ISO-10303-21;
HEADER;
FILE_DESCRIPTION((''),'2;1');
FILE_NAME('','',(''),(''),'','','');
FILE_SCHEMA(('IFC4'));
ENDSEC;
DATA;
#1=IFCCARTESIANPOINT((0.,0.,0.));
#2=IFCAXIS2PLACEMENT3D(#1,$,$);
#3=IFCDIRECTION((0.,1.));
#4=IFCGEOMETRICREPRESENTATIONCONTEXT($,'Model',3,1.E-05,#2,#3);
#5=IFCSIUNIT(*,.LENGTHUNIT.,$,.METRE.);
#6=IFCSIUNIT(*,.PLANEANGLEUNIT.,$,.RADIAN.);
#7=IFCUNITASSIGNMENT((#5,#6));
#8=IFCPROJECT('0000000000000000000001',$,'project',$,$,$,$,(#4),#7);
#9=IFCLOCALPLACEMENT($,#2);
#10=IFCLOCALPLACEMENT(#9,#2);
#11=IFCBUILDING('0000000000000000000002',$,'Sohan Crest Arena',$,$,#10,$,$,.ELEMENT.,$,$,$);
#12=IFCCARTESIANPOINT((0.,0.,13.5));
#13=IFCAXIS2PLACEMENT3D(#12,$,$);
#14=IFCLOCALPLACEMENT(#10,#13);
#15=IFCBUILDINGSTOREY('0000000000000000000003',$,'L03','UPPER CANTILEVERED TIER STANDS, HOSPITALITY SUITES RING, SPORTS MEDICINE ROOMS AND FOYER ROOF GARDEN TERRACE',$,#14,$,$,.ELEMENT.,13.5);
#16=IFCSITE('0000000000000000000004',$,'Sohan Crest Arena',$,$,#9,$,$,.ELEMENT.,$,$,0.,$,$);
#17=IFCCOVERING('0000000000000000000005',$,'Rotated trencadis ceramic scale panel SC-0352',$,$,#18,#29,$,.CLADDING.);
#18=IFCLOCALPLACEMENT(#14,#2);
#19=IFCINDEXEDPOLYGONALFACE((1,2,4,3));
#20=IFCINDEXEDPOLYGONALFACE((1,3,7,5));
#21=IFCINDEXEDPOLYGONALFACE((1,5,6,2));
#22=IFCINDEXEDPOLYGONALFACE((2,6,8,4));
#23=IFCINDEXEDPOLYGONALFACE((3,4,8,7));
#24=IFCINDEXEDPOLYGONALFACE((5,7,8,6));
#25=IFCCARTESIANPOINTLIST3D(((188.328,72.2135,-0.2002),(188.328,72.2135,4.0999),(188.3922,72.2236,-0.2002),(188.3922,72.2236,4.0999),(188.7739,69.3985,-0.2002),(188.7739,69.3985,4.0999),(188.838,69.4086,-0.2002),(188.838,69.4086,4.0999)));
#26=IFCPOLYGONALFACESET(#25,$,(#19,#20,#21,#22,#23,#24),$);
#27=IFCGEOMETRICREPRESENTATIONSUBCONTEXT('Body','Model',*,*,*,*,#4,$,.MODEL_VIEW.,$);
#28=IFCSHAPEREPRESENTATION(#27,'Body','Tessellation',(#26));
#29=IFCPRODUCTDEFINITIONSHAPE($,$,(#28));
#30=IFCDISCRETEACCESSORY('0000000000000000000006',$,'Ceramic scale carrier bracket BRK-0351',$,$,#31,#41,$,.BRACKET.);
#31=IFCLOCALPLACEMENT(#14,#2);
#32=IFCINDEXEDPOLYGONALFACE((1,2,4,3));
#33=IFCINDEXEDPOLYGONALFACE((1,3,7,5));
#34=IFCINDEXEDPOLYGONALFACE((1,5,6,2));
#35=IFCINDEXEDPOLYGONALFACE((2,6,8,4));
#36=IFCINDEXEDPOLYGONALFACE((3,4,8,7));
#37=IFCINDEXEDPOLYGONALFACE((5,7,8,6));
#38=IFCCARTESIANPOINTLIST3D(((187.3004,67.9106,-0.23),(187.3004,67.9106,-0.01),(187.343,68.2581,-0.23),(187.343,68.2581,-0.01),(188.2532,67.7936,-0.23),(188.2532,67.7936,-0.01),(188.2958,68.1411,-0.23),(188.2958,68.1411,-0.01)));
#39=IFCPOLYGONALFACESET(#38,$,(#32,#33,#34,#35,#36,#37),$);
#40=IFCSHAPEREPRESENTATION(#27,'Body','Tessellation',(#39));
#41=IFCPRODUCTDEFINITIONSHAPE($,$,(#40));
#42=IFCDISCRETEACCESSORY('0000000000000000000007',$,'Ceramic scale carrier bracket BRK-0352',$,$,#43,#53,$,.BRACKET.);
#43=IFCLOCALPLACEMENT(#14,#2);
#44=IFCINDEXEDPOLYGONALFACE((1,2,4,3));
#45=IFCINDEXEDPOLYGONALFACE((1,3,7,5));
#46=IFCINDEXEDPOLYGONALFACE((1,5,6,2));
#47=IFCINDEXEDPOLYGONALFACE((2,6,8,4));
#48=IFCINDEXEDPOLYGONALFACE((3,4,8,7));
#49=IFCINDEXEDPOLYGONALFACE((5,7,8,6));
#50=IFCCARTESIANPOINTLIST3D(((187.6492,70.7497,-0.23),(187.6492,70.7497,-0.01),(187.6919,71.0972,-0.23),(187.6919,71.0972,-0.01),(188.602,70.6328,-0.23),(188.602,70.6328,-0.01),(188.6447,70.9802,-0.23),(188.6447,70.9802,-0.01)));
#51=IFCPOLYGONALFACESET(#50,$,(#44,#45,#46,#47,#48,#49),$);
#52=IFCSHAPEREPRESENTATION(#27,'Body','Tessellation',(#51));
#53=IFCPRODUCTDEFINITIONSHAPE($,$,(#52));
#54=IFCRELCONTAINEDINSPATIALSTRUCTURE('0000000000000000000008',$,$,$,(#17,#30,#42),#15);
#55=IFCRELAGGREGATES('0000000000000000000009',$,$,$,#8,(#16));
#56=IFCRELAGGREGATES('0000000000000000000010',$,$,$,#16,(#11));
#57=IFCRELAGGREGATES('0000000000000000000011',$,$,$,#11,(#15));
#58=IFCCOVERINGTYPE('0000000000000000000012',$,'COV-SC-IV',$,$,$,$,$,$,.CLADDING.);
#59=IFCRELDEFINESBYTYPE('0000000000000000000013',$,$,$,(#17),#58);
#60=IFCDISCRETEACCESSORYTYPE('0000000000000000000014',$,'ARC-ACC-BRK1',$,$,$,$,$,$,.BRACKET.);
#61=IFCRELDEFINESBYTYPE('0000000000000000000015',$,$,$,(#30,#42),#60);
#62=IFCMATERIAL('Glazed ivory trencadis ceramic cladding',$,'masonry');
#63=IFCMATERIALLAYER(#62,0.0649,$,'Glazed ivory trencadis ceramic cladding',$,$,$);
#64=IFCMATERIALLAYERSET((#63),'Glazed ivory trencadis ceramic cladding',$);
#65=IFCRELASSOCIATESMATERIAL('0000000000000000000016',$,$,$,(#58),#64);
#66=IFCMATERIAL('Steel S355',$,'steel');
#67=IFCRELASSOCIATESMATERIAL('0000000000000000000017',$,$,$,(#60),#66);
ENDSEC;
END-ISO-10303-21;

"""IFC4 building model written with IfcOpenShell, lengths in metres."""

from ifc_helpers import new_model, si_unit, direction, frame, origin, origin_2d, place, context, subcontext, project, spatial, rectangle, extrude, material, layer, layer_set, type_object, element, save


model = new_model("IFC4")

# Units and contexts
model_context = context("Model", 3, precision=1e-05, world=origin(), true_north=direction((0.0, 1.0)))
body_context = subcontext(model_context, "Body", "Model", "MODEL_VIEW")
ifc_project = project(units=[si_unit("LENGTHUNIT", "METRE"), si_unit("PLANEANGLEUNIT", "RADIAN")], contexts=[model_context])

# Site, building, storey
site_placement = place(None, origin())
site = spatial("IfcSite", under=ifc_project, at=site_placement, Name="Sohan Crest Arena", CompositionType="ELEMENT", RefElevation=0.0)
building_placement = place(site_placement, origin())
building = spatial("IfcBuilding", under=site, at=building_placement, Name="Sohan Crest Arena", CompositionType="ELEMENT")
storey_placement = place(building_placement, frame((0.0, 0.0, 13.5)))
storey = spatial("IfcBuildingStorey", under=building, at=storey_placement, Name="L03", Description="UPPER CANTILEVERED TIER STANDS, HOSPITALITY SUITES RING, SPORTS MEDICINE ROOMS AND FOYER ROOF GARDEN TERRACE", CompositionType="ELEMENT", Elevation=13.5)

# Covering
ifc_material_1 = material(Name="Glazed ivory trencadis ceramic cladding", Category="masonry")
ifc_layer_1 = layer(ifc_material_1, 0.0649, Name="Glazed ivory trencadis ceramic cladding")
ifc_layer_set_1 = layer_set([ifc_layer_1], Name="Glazed ivory trencadis ceramic cladding")
covering_type_1 = type_object("IfcCoveringType", Name="COV-SC-IV", PredefinedType="CLADDING", material=ifc_layer_set_1)
for number, where, z_axis, x_axis, name in (
    (1, (188.583, 70.811, -0.2002), (0.0, 0.0, 1.0), (-0.156434, 0.987688, 0.0), "Rotated trencadis ceramic scale panel SC-0352"),
):
    element("IfcCovering", number, at=place(storey_placement, frame(where, z_axis=z_axis, x_axis=x_axis)), inside=storey, type_object=covering_type_1, Name=name, PredefinedType="CLADDING", context=body_context, shape_type="SweptSolid", body=[
        extrude(rectangle(XDim=2.8501, YDim=0.0649, at=origin_2d()), origin(), (0.0, 0.0, 1.0), 4.3),
    ])

# Discrete accessories
ifc_material_2 = material(Name="Steel S355", Category="steel")
discrete_accessory_type = type_object("IfcDiscreteAccessoryType", Name="ARC-ACC-BRK1", PredefinedType="BRACKET", material=ifc_material_2)
for number, where, z_axis, x_axis, name in (
    (2, (187.7981, 68.0259, -0.23), (0.0, 0.0, 1.0), (0.121869, 0.992546, 0.0), "Ceramic scale carrier bracket BRK-0351"),
    (3, (188.147, 70.865, -0.23), (0.0, 0.0, 1.0), (0.121869, 0.992546, 0.0), "Ceramic scale carrier bracket BRK-0352"),
):
    element("IfcDiscreteAccessory", number, at=place(storey_placement, frame(where, z_axis=z_axis, x_axis=x_axis)), inside=storey, type_object=discrete_accessory_type, Name=name, PredefinedType="BRACKET", context=body_context, shape_type="SweptSolid", body=[
        extrude(rectangle(XDim=0.3501, YDim=0.96, at=origin_2d()), origin(), (0.0, 0.0, 1.0), 0.22),
    ])

save(model, "model.ifc")
